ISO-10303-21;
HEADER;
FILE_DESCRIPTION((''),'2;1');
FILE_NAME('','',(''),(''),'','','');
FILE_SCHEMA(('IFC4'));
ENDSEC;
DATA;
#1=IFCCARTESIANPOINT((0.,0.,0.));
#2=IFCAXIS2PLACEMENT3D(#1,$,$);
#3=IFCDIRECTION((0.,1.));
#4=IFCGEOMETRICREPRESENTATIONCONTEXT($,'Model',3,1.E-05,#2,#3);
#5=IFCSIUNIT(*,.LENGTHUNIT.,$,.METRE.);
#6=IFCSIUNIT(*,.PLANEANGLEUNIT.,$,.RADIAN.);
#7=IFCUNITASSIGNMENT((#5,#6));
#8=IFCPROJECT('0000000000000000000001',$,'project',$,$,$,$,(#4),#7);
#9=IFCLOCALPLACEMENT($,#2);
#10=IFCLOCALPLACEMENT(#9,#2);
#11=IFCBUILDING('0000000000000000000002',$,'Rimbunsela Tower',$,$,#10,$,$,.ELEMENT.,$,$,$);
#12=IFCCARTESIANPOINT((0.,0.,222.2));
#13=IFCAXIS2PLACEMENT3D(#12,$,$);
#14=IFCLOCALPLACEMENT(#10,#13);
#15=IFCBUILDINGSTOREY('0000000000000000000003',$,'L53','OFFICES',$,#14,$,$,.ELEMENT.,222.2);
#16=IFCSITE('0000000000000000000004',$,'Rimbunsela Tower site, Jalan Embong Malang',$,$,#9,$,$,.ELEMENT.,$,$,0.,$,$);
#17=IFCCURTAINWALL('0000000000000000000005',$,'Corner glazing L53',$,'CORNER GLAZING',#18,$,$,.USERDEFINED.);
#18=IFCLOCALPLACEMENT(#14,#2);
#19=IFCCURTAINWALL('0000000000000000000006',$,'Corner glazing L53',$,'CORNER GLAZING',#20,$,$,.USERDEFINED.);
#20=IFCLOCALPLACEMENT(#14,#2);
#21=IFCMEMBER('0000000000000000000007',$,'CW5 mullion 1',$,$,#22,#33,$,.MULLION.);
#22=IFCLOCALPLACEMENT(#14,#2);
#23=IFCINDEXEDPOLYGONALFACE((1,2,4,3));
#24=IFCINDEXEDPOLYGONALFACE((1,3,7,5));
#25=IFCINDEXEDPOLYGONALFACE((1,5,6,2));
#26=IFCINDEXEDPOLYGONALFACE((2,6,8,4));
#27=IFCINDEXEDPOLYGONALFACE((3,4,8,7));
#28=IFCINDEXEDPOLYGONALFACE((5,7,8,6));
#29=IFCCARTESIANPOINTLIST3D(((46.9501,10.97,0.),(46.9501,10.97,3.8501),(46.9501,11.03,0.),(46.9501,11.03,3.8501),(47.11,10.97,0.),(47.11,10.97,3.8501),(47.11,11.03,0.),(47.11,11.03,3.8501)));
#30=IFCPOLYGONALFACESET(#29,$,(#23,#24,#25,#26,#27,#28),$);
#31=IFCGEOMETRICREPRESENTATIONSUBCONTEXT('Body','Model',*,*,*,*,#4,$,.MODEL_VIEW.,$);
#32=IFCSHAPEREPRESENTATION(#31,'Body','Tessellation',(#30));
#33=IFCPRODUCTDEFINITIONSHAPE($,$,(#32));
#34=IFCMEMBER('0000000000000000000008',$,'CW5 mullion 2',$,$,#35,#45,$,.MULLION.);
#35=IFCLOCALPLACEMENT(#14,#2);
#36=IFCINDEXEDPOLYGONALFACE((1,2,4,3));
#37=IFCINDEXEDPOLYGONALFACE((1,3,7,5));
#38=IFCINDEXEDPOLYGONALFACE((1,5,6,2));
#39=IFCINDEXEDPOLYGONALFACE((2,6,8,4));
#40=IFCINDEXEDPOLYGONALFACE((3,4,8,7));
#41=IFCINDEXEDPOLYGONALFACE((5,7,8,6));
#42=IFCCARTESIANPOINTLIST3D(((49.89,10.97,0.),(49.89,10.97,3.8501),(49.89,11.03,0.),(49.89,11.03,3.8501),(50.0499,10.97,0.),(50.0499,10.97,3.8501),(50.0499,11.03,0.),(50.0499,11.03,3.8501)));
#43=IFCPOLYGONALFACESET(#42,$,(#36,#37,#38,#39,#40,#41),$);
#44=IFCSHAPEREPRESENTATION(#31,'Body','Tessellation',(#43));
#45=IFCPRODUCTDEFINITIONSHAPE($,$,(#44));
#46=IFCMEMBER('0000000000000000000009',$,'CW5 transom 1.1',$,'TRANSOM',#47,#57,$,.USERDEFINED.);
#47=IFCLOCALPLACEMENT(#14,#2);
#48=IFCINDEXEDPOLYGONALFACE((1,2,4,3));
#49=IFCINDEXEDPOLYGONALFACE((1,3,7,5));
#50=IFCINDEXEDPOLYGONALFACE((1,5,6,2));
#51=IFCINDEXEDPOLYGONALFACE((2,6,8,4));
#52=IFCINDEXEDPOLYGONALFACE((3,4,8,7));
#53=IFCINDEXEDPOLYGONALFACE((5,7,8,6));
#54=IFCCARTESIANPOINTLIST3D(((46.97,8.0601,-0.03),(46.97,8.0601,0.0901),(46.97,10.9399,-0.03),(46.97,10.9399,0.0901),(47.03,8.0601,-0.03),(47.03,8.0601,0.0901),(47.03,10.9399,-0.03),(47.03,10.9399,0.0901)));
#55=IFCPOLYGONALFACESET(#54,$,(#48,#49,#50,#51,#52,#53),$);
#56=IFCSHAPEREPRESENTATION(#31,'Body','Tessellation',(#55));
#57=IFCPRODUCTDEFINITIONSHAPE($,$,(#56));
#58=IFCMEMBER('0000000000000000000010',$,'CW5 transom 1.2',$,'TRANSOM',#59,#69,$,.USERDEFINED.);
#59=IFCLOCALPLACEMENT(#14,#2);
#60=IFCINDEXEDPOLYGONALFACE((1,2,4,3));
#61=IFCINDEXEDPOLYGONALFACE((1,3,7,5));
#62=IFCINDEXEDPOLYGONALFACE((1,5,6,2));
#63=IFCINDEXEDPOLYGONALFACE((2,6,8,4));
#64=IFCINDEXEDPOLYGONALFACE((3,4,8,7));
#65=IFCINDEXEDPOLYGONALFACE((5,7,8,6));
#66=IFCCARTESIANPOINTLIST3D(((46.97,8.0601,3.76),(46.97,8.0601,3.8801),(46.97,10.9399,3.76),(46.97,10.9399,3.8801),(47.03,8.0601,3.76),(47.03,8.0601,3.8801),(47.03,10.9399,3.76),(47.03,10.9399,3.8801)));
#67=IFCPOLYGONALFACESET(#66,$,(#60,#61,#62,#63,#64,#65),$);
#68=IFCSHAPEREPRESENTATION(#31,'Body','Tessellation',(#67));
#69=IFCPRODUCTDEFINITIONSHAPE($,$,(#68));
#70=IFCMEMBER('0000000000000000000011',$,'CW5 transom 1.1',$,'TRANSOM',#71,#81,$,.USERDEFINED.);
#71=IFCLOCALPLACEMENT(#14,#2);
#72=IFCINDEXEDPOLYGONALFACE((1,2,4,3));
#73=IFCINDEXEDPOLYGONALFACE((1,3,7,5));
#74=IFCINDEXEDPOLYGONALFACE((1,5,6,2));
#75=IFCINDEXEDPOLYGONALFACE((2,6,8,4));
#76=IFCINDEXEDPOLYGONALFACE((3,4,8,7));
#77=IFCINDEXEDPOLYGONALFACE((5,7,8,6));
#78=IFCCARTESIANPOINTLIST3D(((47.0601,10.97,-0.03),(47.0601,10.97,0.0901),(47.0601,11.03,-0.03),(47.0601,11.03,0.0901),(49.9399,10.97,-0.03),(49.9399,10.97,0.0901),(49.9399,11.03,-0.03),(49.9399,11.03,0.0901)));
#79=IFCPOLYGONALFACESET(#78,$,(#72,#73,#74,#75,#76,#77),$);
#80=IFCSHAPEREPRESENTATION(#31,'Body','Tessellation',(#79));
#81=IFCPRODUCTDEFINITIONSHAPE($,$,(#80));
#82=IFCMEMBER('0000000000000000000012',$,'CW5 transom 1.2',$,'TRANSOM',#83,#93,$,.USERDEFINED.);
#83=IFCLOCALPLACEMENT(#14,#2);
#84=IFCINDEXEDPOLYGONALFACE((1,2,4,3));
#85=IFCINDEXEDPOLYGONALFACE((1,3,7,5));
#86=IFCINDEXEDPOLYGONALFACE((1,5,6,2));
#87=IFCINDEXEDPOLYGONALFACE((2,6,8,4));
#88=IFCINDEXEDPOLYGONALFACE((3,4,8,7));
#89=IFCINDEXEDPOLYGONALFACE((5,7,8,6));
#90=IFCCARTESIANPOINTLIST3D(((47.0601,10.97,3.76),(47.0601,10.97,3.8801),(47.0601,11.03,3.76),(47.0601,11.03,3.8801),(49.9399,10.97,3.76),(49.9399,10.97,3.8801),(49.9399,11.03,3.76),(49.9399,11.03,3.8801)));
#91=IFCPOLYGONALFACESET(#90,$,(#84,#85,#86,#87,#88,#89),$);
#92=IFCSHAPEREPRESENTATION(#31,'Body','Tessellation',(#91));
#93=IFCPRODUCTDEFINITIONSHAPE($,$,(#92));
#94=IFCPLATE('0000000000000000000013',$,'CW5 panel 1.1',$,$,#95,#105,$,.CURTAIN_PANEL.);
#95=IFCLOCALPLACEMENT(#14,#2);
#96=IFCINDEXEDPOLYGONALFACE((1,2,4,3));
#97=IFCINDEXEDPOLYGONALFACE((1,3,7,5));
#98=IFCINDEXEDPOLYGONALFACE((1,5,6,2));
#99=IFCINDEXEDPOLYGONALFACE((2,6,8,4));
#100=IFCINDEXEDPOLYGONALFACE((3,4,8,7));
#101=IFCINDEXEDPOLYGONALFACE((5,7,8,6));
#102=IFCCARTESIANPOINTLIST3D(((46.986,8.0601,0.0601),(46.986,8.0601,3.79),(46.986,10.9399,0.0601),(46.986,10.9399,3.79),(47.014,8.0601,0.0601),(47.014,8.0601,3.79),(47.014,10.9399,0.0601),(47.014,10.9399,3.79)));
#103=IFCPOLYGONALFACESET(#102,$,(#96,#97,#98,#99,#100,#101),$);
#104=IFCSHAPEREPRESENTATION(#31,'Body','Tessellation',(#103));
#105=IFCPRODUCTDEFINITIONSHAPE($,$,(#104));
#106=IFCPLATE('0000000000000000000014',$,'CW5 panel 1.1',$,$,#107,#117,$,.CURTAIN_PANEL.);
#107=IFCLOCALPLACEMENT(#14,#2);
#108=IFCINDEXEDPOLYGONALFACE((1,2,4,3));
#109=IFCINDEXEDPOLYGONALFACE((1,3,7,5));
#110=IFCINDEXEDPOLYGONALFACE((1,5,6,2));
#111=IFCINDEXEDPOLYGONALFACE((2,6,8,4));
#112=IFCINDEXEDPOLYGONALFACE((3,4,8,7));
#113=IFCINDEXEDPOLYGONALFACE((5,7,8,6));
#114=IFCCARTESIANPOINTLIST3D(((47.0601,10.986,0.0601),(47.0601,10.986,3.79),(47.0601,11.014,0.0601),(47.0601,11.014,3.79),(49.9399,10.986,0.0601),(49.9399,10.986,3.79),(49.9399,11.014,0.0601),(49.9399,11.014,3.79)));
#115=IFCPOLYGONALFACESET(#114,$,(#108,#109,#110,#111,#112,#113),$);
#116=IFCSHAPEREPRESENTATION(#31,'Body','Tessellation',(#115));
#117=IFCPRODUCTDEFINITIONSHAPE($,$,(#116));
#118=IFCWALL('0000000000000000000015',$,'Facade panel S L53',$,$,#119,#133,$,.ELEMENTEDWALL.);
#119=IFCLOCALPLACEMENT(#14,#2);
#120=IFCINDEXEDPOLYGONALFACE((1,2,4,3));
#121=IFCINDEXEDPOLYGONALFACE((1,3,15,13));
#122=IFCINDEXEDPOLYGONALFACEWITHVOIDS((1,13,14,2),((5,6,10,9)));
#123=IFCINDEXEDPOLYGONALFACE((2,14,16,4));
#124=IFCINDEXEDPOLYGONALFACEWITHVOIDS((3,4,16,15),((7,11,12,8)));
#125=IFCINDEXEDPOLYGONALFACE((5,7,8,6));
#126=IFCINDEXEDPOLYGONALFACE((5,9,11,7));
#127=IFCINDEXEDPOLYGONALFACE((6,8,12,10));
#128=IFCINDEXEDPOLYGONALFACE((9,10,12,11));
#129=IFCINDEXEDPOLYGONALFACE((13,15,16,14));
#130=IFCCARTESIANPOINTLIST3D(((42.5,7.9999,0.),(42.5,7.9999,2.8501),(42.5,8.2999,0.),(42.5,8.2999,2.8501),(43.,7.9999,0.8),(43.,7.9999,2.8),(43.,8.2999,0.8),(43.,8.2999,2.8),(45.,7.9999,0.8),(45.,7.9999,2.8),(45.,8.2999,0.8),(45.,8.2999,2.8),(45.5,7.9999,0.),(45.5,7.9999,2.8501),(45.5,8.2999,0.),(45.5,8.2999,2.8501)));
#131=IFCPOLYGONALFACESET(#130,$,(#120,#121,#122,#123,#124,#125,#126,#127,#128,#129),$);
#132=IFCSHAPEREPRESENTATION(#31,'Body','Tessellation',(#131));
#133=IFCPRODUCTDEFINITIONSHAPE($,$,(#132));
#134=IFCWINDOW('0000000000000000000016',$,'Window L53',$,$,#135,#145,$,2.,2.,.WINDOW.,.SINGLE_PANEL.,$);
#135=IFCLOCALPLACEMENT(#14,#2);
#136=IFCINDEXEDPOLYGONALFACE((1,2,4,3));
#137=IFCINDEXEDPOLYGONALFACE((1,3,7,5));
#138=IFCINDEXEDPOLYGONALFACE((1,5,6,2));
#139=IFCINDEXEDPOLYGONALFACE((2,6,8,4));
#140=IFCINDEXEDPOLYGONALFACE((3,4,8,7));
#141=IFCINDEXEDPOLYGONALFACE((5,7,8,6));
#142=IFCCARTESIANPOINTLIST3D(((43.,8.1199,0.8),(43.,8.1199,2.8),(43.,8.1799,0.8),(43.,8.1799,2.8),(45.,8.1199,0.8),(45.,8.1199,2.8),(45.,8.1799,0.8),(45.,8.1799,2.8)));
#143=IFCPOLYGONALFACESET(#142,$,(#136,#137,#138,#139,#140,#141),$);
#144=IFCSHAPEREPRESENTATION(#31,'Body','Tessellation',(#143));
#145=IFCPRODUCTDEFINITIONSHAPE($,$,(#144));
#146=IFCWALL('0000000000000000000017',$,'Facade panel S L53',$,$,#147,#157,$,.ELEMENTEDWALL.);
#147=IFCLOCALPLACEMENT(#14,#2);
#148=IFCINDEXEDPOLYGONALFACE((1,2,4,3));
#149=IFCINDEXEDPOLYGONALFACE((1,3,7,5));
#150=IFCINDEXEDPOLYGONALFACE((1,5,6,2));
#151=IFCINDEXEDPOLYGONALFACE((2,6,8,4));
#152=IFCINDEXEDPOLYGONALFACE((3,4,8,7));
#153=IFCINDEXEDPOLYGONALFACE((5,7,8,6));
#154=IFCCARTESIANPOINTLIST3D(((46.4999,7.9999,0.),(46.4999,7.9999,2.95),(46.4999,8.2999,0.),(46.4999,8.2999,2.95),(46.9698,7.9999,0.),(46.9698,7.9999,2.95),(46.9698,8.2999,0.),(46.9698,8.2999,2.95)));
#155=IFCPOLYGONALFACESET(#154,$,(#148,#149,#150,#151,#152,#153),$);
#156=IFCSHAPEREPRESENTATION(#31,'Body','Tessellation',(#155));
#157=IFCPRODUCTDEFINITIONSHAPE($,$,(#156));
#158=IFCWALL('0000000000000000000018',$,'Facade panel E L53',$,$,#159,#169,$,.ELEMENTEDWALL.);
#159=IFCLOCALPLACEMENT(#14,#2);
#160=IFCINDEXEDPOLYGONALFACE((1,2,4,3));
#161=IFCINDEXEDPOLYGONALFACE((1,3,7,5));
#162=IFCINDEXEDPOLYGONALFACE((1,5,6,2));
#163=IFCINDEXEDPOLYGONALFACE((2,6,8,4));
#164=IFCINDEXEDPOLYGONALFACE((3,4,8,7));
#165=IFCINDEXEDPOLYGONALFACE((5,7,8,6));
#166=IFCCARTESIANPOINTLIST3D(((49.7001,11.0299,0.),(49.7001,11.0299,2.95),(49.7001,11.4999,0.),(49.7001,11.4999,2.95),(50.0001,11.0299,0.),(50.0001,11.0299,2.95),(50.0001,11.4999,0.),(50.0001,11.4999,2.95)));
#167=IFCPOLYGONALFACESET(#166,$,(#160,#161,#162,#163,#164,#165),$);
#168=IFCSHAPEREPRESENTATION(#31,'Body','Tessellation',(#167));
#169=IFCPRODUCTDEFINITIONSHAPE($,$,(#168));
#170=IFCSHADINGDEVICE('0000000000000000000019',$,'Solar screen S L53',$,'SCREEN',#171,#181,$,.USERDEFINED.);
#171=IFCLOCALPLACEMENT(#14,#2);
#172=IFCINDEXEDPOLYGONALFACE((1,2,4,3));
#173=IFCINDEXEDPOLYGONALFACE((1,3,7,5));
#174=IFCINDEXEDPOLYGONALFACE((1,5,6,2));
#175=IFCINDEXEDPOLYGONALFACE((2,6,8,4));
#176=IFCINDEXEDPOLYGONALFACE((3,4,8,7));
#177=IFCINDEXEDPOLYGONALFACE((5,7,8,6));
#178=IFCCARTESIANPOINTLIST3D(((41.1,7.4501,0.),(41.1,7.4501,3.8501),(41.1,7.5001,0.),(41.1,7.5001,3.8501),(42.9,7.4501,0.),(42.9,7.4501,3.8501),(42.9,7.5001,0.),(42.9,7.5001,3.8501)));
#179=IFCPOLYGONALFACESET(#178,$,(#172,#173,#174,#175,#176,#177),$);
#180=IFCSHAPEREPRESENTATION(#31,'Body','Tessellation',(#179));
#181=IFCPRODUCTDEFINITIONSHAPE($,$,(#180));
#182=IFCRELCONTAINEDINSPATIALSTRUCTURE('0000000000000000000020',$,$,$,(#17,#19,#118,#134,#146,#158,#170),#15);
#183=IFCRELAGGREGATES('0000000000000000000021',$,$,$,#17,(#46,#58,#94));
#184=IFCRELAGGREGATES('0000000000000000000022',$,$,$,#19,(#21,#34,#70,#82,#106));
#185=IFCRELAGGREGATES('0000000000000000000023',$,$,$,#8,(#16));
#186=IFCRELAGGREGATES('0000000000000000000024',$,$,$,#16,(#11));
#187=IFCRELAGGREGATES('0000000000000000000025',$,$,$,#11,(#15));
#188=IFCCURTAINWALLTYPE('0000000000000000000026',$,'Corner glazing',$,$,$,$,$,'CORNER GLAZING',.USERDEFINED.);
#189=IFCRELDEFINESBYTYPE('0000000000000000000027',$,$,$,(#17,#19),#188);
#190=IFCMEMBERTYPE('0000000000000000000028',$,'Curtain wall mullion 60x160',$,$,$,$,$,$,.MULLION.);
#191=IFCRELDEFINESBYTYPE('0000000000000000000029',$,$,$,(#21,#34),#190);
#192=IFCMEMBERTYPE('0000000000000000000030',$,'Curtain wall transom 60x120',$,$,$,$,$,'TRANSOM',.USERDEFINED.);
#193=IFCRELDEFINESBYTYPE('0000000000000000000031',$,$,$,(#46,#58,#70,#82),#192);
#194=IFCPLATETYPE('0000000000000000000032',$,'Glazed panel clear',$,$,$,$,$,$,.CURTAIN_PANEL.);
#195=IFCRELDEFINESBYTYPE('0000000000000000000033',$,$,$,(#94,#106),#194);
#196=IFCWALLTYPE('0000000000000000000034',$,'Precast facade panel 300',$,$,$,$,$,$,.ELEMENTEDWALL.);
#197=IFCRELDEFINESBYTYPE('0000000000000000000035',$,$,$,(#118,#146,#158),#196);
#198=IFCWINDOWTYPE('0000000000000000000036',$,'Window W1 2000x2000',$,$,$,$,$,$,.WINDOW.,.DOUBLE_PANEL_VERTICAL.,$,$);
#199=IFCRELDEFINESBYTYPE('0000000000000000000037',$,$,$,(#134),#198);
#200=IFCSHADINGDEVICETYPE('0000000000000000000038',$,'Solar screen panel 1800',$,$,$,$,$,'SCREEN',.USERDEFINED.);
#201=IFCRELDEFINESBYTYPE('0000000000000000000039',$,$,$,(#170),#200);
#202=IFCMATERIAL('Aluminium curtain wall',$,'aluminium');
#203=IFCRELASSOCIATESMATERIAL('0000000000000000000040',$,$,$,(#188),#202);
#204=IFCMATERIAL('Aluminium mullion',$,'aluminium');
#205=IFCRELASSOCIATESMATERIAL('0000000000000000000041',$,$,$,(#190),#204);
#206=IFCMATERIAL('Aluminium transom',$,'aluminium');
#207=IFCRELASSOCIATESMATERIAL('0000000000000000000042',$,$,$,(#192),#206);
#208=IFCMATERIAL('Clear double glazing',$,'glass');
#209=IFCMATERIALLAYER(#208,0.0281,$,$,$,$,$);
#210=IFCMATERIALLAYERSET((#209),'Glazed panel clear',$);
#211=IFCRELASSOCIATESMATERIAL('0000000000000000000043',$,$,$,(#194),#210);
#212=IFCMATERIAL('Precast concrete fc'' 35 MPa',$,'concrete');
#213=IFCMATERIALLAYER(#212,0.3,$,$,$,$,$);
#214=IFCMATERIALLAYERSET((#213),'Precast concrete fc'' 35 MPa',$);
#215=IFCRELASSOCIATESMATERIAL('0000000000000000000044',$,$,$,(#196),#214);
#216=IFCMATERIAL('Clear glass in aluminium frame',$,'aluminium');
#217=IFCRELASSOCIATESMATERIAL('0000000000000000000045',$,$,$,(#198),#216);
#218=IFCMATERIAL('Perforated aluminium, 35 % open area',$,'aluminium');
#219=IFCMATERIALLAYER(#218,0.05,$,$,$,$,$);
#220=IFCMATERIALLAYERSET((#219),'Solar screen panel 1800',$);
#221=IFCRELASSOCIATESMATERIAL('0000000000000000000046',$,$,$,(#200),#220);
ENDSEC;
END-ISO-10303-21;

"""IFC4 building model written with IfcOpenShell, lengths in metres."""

from ifc_helpers import new_model, si_unit, direction, frame, frame_2d, origin, origin_2d, place, context, subcontext, project, spatial, rectangle, extrude, material, layer, layer_set, material_profile, profile_set, type_object, element, fill, aggregate, save


model = new_model("IFC4")

# Units and contexts
model_context = context("Model", 3, precision=1e-05, world=origin(), true_north=direction((0.0, 1.0)))
body_context = subcontext(model_context, "Body", "Model", "MODEL_VIEW")
ifc_project = project(units=[si_unit("LENGTHUNIT", "METRE"), si_unit("PLANEANGLEUNIT", "RADIAN")], contexts=[model_context])

# Site, building, storey
site_placement = place(None, origin())
site = spatial("IfcSite", under=ifc_project, at=site_placement, Name="Rimbunsela Tower site, Jalan Embong Malang", CompositionType="ELEMENT", RefElevation=0.0)
building_placement = place(site_placement, origin())
building = spatial("IfcBuilding", under=site, at=building_placement, Name="Rimbunsela Tower", CompositionType="ELEMENT")
storey_placement = place(building_placement, frame((0.0, 0.0, 222.2)))
storey = spatial("IfcBuildingStorey", under=building, at=storey_placement, Name="L53", Description="OFFICES", CompositionType="ELEMENT", Elevation=222.2)

# Curtain walls, members
ifc_material_1 = material(Name="Aluminium curtain wall", Category="aluminium")
curtain_wall_type = type_object("IfcCurtainWallType", Name="Corner glazing", ElementType="CORNER GLAZING", PredefinedType="USERDEFINED", material=ifc_material_1)
curtain_wall_1_placement = place(storey_placement, origin())
curtain_wall_1 = element("IfcCurtainWall", 1, at=curtain_wall_1_placement, inside=storey, type_object=curtain_wall_type, Name="Corner glazing L53", ObjectType="CORNER GLAZING", PredefinedType="USERDEFINED")
ifc_material_2 = material(Name="Aluminium mullion", Category="aluminium")
ifc_material_profile_1 = material_profile(ifc_material_2, rectangle(XDim=0.0601, YDim=0.1599, at=origin_2d()), Name="Mullion 60x160")
ifc_profile_set_1 = profile_set([ifc_material_profile_1], Name="Aluminium mullion")
member_type_1 = type_object("IfcMemberType", Name="Curtain wall mullion 60x160", PredefinedType="MULLION", material=ifc_profile_set_1)
curtain_wall_2_placement = place(storey_placement, origin())
curtain_wall_2 = element("IfcCurtainWall", 2, at=curtain_wall_2_placement, inside=storey, type_object=curtain_wall_type, Name="Corner glazing L53", ObjectType="CORNER GLAZING", PredefinedType="USERDEFINED")
member_1_placement = place(storey_placement, frame((47.03, 11.0, 0.0), z_axis=(0.0, 0.0, 1.0), x_axis=(0.0, 1.0, 0.0)))
member_1 = element("IfcMember", 3, at=member_1_placement, type_object=member_type_1, Name="CW5 mullion 1", PredefinedType="MULLION", context=body_context, shape_type="SweptSolid", body=[
    extrude(rectangle(XDim=0.0601, YDim=0.1599, at=origin_2d()), origin(), (0.0, 0.0, 1.0), 3.8501),
])
member_2_placement = place(storey_placement, frame((49.97, 11.0, 0.0), z_axis=(0.0, 0.0, 1.0), x_axis=(0.0, 1.0, 0.0)))
member_2 = element("IfcMember", 4, at=member_2_placement, type_object=member_type_1, Name="CW5 mullion 2", PredefinedType="MULLION", context=body_context, shape_type="SweptSolid", body=[
    extrude(rectangle(XDim=0.0601, YDim=0.1599, at=origin_2d()), origin(), (0.0, 0.0, 1.0), 3.8501),
])

# Members
ifc_material_3 = material(Name="Aluminium transom", Category="aluminium")
ifc_material_profile_2 = material_profile(ifc_material_3, rectangle(XDim=0.0601, YDim=0.1201, at=origin_2d()), Name="Transom 60x120")
ifc_profile_set_2 = profile_set([ifc_material_profile_2], Name="Aluminium transom")
member_type_2 = type_object("IfcMemberType", Name="Curtain wall transom 60x120", ElementType="TRANSOM", PredefinedType="USERDEFINED", material=ifc_profile_set_2)
member_3_placement = place(storey_placement, frame((47.0, 8.0601, 0.03), z_axis=(0.0, 1.0, 0.0), x_axis=(-1.0, 0.0, 0.0)))
member_3 = element("IfcMember", 5, at=member_3_placement, type_object=member_type_2, Name="CW5 transom 1.1", ObjectType="TRANSOM", PredefinedType="USERDEFINED", context=body_context, shape_type="SweptSolid", body=[
    extrude(rectangle(XDim=0.0601, YDim=0.1201, at=origin_2d()), origin(), (0.0, 0.0, 1.0), 2.8799),
])
member_4_placement = place(storey_placement, frame((47.0, 8.0601, 3.8201), z_axis=(0.0, 1.0, 0.0), x_axis=(-1.0, 0.0, 0.0)))
member_4 = element("IfcMember", 6, at=member_4_placement, type_object=member_type_2, Name="CW5 transom 1.2", ObjectType="TRANSOM", PredefinedType="USERDEFINED", context=body_context, shape_type="SweptSolid", body=[
    extrude(rectangle(XDim=0.0601, YDim=0.1201, at=origin_2d()), origin(), (0.0, 0.0, 1.0), 2.8799),
])
member_5_placement = place(storey_placement, frame((47.0601, 11.0, 0.03), z_axis=(1.0, 0.0, 0.0), x_axis=(0.0, 1.0, 0.0)))
member_5 = element("IfcMember", 7, at=member_5_placement, type_object=member_type_2, Name="CW5 transom 1.1", ObjectType="TRANSOM", PredefinedType="USERDEFINED", context=body_context, shape_type="SweptSolid", body=[
    extrude(rectangle(XDim=0.0601, YDim=0.1201, at=origin_2d()), origin(), (0.0, 0.0, 1.0), 2.8799),
])
member_6_placement = place(storey_placement, frame((47.0601, 11.0, 3.8201), z_axis=(1.0, 0.0, 0.0), x_axis=(0.0, 1.0, 0.0)))
member_6 = element("IfcMember", 8, at=member_6_placement, type_object=member_type_2, Name="CW5 transom 1.2", ObjectType="TRANSOM", PredefinedType="USERDEFINED", context=body_context, shape_type="SweptSolid", body=[
    extrude(rectangle(XDim=0.0601, YDim=0.1201, at=origin_2d()), origin(), (0.0, 0.0, 1.0), 2.8799),
])

# Plates
ifc_material_4 = material(Name="Clear double glazing", Category="glass")
ifc_layer_1 = layer(ifc_material_4, 0.0281)
ifc_layer_set_1 = layer_set([ifc_layer_1], Name="Glazed panel clear")
plate_type = type_object("IfcPlateType", Name="Glazed panel clear", PredefinedType="CURTAIN_PANEL", material=ifc_layer_set_1)
plate_1_placement = place(storey_placement, frame((47.0, 9.5, 0.0601), z_axis=(0.0, 0.0, 1.0), x_axis=(0.0, 1.0, 0.0)))
plate_1 = element("IfcPlate", 9, at=plate_1_placement, type_object=plate_type, Name="CW5 panel 1.1", PredefinedType="CURTAIN_PANEL", context=body_context, shape_type="SweptSolid", body=[
    extrude(rectangle(XDim=2.8799, YDim=0.0281, at=origin_2d()), origin(), (0.0, 0.0, 1.0), 3.73),
])
aggregate(curtain_wall_1, [member_3, member_4, plate_1])
plate_2_placement = place(storey_placement, frame((48.5, 11.0, 0.0601), z_axis=(0.0, 0.0, 1.0), x_axis=(1.0, 0.0, 0.0)))
plate_2 = element("IfcPlate", 10, at=plate_2_placement, type_object=plate_type, Name="CW5 panel 1.1", PredefinedType="CURTAIN_PANEL", context=body_context, shape_type="SweptSolid", body=[
    extrude(rectangle(XDim=2.8799, YDim=0.0281, at=origin_2d()), origin(), (0.0, 0.0, 1.0), 3.73),
])
aggregate(curtain_wall_2, [member_1, member_2, member_5, member_6, plate_2])

# Wall, opening, window
ifc_material_5 = material(Name="Precast concrete fc' 35 MPa", Category="concrete")
ifc_layer_2 = layer(ifc_material_5, 0.3)
ifc_layer_set_2 = layer_set([ifc_layer_2], Name="Precast concrete fc' 35 MPa")
wall_type = type_object("IfcWallType", Name="Precast facade panel 300", PredefinedType="ELEMENTEDWALL", material=ifc_layer_set_2)
wall_placement = place(storey_placement, frame((42.5, 8.1499, 0.0), z_axis=(0.0, 0.0, 1.0), x_axis=(1.0, 0.0, 0.0)))
wall = element("IfcWall", 11, at=wall_placement, inside=storey, type_object=wall_type, Name="Facade panel S L53", PredefinedType="ELEMENTEDWALL", context=body_context, shape_type="SweptSolid", body=[
    extrude(rectangle(XDim=3.0, YDim=0.3, at=frame_2d((1.5, 0.0))), origin(), (0.0, 0.0, 1.0), 2.8501),
])
opening_placement = place(wall_placement, frame((0.5, 0.0, 0.8)))
opening = element("IfcOpeningElement", 12, at=opening_placement, cuts=wall, PredefinedType="OPENING", context=body_context, shape_type="SweptSolid", body=[
    extrude(rectangle(XDim=2.0, YDim=2.0, at=frame_2d((1.0, 1.0))), frame((0.0, 0.1599, 0.0), z_axis=(0.0, -1.0, 0.0), x_axis=(1.0, 0.0, 0.0)), (0.0, 0.0, 1.0), 0.3201),
])
ifc_material_6 = material(Name="Clear glass in aluminium frame", Category="aluminium")
window_type = type_object("IfcWindowType", Name="Window W1 2000x2000", PartitioningType="DOUBLE_PANEL_VERTICAL", PredefinedType="WINDOW", material=ifc_material_6)
window_placement = place(opening_placement, origin())
window = element("IfcWindow", 13, at=window_placement, inside=storey, type_object=window_type, Name="Window L53", OverallHeight=2.0, OverallWidth=2.0, PartitioningType="SINGLE_PANEL", PredefinedType="WINDOW", context=body_context, shape_type="SweptSolid", body=[
    extrude(rectangle(XDim=2.0, YDim=2.0, at=frame_2d((1.0, 1.0))), frame((0.0, 0.03, 0.0), z_axis=(0.0, -1.0, 0.0), x_axis=(1.0, 0.0, 0.0)), (0.0, 0.0, 1.0), 0.0601),
])
fill(opening, window)

# Walls
for number, where, z_axis, x_axis, name in (
    (14, (46.5, 8.1499, 0.0), (0.0, 0.0, 1.0), (1.0, 0.0, 0.0), "Facade panel S L53"),
    (15, (49.8501, 11.03, 0.0), (0.0, 0.0, 1.0), (0.0, 1.0, 0.0), "Facade panel E L53"),
):
    element("IfcWall", number, at=place(storey_placement, frame(where, z_axis=z_axis, x_axis=x_axis)), inside=storey, type_object=wall_type, Name=name, PredefinedType="ELEMENTEDWALL", context=body_context, shape_type="SweptSolid", body=[
        extrude(rectangle(XDim=0.47, YDim=0.3, at=frame_2d((0.2349, 0.0))), origin(), (0.0, 0.0, 1.0), 2.95),
    ])

# Shading device
ifc_material_7 = material(Name="Perforated aluminium, 35 % open area", Category="aluminium")
ifc_layer_3 = layer(ifc_material_7, 0.05)
ifc_layer_set_3 = layer_set([ifc_layer_3], Name="Solar screen panel 1800")
shading_device_type = type_object("IfcShadingDeviceType", Name="Solar screen panel 1800", ElementType="SCREEN", PredefinedType="USERDEFINED", material=ifc_layer_set_3)
for number, where, z_axis, x_axis, name in (
    (16, (42.0, 7.4751, 0.0), (0.0, 0.0, 1.0), (1.0, 0.0, 0.0), "Solar screen S L53"),
):
    element("IfcShadingDevice", number, at=place(storey_placement, frame(where, z_axis=z_axis, x_axis=x_axis)), inside=storey, type_object=shading_device_type, Name=name, ObjectType="SCREEN", PredefinedType="USERDEFINED", context=body_context, shape_type="SweptSolid", body=[
        extrude(rectangle(XDim=1.8, YDim=0.05, at=origin_2d()), origin(), (0.0, 0.0, 1.0), 3.8501),
    ])

save(model, "model.ifc")
